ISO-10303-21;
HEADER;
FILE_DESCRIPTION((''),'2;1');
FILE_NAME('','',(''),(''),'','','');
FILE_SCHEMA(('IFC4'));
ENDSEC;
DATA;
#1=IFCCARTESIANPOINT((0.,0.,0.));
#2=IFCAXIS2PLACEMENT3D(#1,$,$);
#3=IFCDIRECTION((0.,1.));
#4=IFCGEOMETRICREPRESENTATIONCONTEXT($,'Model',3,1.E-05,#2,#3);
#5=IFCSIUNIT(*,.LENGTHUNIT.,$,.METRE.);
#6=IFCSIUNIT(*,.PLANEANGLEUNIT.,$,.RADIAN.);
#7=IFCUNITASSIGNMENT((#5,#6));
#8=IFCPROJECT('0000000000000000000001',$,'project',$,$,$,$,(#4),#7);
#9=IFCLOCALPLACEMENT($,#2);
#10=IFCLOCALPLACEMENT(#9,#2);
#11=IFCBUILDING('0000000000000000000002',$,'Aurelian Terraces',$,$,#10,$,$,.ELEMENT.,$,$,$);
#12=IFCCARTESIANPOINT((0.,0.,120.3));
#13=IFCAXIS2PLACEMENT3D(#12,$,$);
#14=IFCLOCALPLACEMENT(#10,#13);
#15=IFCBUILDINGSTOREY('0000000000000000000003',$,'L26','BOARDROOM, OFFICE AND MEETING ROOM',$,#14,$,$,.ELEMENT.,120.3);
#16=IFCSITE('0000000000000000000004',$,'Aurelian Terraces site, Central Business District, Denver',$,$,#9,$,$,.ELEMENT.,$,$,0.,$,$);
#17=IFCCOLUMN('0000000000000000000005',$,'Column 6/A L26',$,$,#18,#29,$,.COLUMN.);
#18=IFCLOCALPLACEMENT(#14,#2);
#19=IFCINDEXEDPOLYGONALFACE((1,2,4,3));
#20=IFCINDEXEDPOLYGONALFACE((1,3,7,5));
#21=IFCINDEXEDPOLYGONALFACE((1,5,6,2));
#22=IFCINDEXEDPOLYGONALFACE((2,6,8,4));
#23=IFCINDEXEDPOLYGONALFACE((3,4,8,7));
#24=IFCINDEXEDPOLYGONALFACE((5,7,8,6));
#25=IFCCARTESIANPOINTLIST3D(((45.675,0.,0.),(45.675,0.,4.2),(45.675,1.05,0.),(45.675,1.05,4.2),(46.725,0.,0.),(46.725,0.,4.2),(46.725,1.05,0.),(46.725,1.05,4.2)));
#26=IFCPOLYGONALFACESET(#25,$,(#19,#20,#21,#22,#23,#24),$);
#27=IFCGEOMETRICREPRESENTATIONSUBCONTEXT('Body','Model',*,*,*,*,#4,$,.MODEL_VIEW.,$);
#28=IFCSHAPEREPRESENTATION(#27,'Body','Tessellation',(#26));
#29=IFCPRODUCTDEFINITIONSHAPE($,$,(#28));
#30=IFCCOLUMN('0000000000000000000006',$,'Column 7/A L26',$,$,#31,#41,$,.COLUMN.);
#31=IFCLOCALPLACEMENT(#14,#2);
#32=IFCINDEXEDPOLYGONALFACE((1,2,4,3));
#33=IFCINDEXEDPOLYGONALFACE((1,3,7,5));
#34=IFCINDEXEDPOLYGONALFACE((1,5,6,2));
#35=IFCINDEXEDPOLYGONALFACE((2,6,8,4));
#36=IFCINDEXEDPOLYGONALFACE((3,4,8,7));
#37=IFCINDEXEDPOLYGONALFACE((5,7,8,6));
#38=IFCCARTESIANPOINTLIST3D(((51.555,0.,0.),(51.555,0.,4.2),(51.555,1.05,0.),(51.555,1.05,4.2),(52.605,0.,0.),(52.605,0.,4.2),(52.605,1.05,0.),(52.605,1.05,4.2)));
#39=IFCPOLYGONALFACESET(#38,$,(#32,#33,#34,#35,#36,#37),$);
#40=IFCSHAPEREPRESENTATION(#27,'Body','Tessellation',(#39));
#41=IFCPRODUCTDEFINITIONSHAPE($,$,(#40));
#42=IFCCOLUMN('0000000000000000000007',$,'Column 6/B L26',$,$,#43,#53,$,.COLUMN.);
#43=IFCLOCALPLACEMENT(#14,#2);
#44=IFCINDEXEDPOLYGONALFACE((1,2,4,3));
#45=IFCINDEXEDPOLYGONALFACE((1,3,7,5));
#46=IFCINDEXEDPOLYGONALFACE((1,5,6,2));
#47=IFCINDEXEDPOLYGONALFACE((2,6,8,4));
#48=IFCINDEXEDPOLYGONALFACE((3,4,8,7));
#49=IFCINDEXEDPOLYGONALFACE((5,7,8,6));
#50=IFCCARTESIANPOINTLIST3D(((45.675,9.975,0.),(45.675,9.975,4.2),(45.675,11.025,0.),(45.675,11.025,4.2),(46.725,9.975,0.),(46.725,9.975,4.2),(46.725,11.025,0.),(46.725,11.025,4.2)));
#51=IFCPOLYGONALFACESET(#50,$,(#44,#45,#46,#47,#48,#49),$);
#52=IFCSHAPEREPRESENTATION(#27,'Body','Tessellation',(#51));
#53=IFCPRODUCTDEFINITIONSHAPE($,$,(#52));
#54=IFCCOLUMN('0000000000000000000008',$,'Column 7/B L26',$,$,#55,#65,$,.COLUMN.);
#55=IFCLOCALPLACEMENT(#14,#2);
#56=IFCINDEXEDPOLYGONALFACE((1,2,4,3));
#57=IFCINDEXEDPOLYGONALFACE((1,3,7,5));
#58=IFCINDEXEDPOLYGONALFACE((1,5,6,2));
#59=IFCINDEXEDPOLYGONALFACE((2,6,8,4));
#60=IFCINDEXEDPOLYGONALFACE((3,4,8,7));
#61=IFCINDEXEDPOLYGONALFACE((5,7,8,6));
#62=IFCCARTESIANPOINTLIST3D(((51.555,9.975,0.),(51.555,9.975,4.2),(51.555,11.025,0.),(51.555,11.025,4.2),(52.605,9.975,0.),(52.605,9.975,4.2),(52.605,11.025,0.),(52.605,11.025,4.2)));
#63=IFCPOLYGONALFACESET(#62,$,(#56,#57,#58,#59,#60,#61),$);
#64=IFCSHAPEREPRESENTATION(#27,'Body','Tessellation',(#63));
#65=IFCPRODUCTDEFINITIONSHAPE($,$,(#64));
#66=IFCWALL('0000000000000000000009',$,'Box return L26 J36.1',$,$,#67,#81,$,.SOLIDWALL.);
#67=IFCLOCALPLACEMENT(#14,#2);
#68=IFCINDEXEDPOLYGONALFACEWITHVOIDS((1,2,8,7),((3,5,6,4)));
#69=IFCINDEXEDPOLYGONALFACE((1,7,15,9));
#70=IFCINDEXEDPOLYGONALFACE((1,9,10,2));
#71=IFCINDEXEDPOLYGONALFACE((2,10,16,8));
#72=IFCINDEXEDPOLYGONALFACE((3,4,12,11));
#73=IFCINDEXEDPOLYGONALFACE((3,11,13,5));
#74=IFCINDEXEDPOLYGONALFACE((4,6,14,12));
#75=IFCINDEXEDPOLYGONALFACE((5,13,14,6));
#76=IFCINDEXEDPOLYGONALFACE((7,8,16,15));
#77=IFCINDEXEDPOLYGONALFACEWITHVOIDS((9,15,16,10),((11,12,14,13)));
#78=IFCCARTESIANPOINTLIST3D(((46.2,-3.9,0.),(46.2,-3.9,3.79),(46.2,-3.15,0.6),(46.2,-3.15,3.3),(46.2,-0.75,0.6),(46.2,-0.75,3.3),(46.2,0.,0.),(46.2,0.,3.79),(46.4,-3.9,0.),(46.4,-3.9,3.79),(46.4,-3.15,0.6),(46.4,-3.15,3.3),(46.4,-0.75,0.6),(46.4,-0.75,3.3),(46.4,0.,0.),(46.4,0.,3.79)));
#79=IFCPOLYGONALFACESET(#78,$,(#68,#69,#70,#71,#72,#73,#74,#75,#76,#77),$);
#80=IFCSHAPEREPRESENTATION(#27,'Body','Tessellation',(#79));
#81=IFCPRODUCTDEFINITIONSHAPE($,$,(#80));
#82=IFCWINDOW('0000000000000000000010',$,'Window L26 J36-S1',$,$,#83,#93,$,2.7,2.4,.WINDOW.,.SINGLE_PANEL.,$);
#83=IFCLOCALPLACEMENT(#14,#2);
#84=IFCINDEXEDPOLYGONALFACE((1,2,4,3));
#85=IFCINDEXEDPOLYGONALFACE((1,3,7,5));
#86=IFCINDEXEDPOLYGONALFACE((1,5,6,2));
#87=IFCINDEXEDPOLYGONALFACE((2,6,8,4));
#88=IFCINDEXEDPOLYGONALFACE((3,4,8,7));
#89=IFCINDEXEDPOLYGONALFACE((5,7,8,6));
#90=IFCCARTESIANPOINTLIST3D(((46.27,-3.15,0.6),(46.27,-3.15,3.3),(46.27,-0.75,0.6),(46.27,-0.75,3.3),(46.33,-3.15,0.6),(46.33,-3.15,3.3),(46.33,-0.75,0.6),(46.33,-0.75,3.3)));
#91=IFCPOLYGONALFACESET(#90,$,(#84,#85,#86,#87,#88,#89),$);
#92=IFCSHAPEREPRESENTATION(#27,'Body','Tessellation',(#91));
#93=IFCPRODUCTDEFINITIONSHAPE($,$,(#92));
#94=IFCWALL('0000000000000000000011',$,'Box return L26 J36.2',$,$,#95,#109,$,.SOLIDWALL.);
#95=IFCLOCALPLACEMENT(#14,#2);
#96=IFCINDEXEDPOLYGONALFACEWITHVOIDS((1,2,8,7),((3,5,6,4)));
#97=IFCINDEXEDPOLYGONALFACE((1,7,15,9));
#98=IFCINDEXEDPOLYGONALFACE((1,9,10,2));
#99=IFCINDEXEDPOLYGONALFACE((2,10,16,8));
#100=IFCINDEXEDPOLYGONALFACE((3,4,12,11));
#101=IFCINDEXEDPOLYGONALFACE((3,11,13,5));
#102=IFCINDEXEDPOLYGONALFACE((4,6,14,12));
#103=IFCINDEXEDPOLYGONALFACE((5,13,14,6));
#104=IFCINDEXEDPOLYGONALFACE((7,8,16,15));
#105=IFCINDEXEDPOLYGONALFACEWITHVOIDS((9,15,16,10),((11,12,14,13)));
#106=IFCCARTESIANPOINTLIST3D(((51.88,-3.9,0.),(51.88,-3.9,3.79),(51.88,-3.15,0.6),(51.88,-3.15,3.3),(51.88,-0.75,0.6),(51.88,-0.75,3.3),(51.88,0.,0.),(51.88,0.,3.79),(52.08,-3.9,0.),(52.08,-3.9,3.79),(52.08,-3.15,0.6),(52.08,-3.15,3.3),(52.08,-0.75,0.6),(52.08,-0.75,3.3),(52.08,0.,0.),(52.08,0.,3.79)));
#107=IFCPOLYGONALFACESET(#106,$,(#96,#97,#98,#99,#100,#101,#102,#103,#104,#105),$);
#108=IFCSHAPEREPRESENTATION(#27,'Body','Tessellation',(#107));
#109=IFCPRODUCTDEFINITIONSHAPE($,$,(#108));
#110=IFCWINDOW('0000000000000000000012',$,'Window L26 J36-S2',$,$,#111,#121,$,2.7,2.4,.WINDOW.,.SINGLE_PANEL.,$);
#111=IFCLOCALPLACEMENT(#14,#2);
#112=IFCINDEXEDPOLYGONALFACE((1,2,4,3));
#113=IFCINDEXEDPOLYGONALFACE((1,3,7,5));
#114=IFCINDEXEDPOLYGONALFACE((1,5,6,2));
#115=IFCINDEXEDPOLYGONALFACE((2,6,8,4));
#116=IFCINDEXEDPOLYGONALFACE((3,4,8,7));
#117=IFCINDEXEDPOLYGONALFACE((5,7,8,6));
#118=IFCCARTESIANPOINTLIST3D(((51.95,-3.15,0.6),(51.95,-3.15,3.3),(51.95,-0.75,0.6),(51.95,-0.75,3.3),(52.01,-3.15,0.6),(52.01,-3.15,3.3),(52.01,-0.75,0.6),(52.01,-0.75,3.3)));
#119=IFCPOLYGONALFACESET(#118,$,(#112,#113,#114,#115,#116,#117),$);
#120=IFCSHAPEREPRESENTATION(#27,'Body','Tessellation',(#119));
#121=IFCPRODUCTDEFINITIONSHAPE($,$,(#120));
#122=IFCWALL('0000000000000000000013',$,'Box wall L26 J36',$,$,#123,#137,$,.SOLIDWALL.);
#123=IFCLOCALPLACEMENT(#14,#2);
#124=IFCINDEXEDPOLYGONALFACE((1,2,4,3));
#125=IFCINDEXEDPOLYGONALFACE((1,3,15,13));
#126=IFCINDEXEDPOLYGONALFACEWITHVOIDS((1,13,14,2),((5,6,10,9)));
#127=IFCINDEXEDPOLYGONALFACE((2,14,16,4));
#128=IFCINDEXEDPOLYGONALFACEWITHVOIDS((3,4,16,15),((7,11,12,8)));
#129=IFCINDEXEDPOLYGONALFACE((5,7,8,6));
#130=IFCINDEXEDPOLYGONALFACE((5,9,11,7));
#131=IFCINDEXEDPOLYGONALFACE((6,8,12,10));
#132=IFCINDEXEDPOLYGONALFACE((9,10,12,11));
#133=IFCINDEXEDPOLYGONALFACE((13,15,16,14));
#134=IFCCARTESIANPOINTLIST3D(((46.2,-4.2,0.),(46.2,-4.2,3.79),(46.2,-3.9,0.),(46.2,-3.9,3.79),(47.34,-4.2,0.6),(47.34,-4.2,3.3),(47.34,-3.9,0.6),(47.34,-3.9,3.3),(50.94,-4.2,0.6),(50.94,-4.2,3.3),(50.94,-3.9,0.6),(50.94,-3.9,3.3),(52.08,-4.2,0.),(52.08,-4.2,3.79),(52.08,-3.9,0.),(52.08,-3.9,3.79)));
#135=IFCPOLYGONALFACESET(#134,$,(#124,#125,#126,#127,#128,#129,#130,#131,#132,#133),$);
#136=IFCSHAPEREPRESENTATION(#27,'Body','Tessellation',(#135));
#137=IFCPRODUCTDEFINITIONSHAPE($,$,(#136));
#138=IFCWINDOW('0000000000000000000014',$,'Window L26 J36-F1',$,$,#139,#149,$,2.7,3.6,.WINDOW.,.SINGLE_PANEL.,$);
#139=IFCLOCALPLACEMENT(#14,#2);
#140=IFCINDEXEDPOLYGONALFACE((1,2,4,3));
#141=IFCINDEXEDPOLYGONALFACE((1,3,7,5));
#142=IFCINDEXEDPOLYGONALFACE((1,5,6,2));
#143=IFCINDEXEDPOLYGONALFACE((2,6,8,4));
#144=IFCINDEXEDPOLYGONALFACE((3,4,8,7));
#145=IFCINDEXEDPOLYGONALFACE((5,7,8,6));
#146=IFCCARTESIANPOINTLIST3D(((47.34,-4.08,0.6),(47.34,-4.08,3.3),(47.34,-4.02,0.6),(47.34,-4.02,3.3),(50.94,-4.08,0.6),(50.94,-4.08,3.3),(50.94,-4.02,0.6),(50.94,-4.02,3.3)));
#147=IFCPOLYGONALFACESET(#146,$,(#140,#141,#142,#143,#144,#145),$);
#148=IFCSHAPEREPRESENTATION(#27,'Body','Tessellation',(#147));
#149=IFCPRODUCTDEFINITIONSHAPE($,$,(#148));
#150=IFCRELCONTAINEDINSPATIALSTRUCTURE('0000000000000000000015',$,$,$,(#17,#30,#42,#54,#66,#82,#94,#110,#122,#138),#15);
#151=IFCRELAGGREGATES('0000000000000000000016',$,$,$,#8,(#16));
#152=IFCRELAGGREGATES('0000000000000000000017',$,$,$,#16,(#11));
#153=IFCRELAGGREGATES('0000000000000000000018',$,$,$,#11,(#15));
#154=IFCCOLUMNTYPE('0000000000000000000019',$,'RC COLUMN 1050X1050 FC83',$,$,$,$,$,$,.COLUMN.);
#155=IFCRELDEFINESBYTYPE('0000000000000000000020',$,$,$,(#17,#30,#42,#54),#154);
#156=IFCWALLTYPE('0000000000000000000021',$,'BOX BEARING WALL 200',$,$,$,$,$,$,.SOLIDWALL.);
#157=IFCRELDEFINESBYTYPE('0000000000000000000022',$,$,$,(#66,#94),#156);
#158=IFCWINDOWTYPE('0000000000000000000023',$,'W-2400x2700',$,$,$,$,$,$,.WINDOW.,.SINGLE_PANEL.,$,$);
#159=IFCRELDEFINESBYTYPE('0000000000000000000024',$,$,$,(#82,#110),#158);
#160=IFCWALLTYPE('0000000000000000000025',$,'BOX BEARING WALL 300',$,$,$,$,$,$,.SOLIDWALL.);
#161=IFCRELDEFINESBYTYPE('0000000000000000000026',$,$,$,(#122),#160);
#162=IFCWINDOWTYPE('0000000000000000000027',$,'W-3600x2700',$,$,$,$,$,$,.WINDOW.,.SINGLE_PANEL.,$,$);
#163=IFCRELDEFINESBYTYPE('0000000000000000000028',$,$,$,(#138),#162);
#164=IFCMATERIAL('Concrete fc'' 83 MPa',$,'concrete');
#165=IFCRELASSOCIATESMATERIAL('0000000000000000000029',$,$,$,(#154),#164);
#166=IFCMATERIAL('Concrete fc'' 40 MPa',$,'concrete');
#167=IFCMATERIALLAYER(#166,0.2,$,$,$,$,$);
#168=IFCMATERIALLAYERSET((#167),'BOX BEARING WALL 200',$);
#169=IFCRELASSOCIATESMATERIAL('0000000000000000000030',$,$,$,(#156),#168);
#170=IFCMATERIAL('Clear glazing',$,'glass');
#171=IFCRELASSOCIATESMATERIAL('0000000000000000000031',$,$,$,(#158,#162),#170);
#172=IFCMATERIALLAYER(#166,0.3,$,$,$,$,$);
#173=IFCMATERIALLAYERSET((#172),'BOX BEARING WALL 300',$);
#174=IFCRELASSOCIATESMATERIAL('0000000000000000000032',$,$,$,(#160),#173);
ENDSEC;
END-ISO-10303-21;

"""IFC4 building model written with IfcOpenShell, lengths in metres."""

from ifc_helpers import new_model, si_unit, direction, frame, frame_2d, origin, origin_2d, place, context, subcontext, project, spatial, rectangle, extrude, source, transform, mapped, material, layer, layer_set, material_profile, profile_set, type_object, element, fill, save


model = new_model("IFC4")

# Units and contexts
model_context = context("Model", 3, precision=1e-05, world=origin(), true_north=direction((0.0, 1.0)))
body_context = subcontext(model_context, "Body", "Model", "MODEL_VIEW")
ifc_project = project(units=[si_unit("LENGTHUNIT", "METRE"), si_unit("PLANEANGLEUNIT", "RADIAN")], contexts=[model_context])

# Site, building, storey
site_placement = place(None, origin())
site = spatial("IfcSite", under=ifc_project, at=site_placement, Name="Aurelian Terraces site, Central Business District, Denver", CompositionType="ELEMENT", RefElevation=0.0)
building_placement = place(site_placement, origin())
building = spatial("IfcBuilding", under=site, at=building_placement, Name="Aurelian Terraces", CompositionType="ELEMENT")
storey_placement = place(building_placement, frame((0.0, 0.0, 120.3)))
storey = spatial("IfcBuildingStorey", under=building, at=storey_placement, Name="L26", Description="BOARDROOM, OFFICE AND MEETING ROOM", CompositionType="ELEMENT", Elevation=120.3)

# Columns
ifc_material_1 = material(Name="Concrete fc' 83 MPa", Category="concrete")
ifc_material_profile = material_profile(ifc_material_1, rectangle(XDim=1.05, YDim=1.05, at=origin_2d()))
ifc_profile_set = profile_set([ifc_material_profile], Name="Concrete fc' 83 MPa")
column_type = type_object("IfcColumnType", Name="RC COLUMN 1050X1050 FC83", PredefinedType="COLUMN", material=ifc_profile_set)
shared_shape_1 = source(origin(), body_context, "Body", "SweptSolid", [
    extrude(rectangle(XDim=1.05, YDim=1.05, at=origin_2d()), origin(), (0.0, 0.0, 1.0), 4.2),
])
for number, where, z_axis, x_axis, name in (
    (1, (46.2, 0.525, 0.0), (0.0, 0.0, 1.0), (1.0, 0.0, 0.0), "Column 6/A L26"),
    (2, (52.08, 0.525, 0.0), (0.0, 0.0, 1.0), (1.0, 0.0, 0.0), "Column 7/A L26"),
    (3, (46.2, 10.5, 0.0), (0.0, 0.0, 1.0), (1.0, 0.0, 0.0), "Column 6/B L26"),
    (4, (52.08, 10.5, 0.0), (0.0, 0.0, 1.0), (1.0, 0.0, 0.0), "Column 7/B L26"),
):
    element("IfcColumn", number, at=place(storey_placement, frame(where, z_axis=z_axis, x_axis=x_axis)), inside=storey, type_object=column_type, Name=name, PredefinedType="COLUMN", context=body_context, shape_type="MappedRepresentation", body=[
        mapped(shared_shape_1, transform((0.0, 0.0, 0.0), scale=1.0)),
    ])

# Walls, openings, windows
ifc_material_2 = material(Name="Concrete fc' 40 MPa", Category="concrete")
ifc_layer_1 = layer(ifc_material_2, 0.2)
ifc_layer_set_1 = layer_set([ifc_layer_1], Name="BOX BEARING WALL 200")
wall_type_1 = type_object("IfcWallType", Name="BOX BEARING WALL 200", PredefinedType="SOLIDWALL", material=ifc_layer_set_1)
shared_shape_2 = source(origin(), body_context, "Body", "SweptSolid", [
    extrude(rectangle(XDim=3.9, YDim=0.2, at=frame_2d((1.95, 0.0))), origin(), (0.0, 0.0, 1.0), 3.79),
])
wall_1_placement = place(storey_placement, frame((46.3, 0.0, 0.0), z_axis=(0.0, 0.0, 1.0), x_axis=(0.0, -1.0, 0.0)))
wall_1 = element("IfcWall", 5, at=wall_1_placement, inside=storey, type_object=wall_type_1, Name="Box return L26 J36.1", PredefinedType="SOLIDWALL", context=body_context, shape_type="MappedRepresentation", body=[
    mapped(shared_shape_2, transform((0.0, 0.0, 0.0), scale=1.0)),
])
shared_shape_3 = source(origin(), body_context, "Body", "SweptSolid", [
    extrude(rectangle(XDim=2.4, YDim=2.7, at=frame_2d((1.2, 1.35))), frame((0.0, 0.11, 0.0), z_axis=(0.0, -1.0, 0.0), x_axis=(1.0, 0.0, 0.0)), (0.0, 0.0, 1.0), 0.22),
])
opening_1_placement = place(wall_1_placement, frame((0.75, 0.0, 0.6)))
opening_1 = element("IfcOpeningElement", 6, at=opening_1_placement, cuts=wall_1, PredefinedType="OPENING", context=body_context, shape_type="MappedRepresentation", body=[
    mapped(shared_shape_3, transform((0.0, 0.0, 0.0), scale=1.0)),
])
ifc_material_3 = material(Name="Clear glazing", Category="glass")
window_type_1 = type_object("IfcWindowType", Name="W-2400x2700", PartitioningType="SINGLE_PANEL", PredefinedType="WINDOW", material=ifc_material_3)
shared_shape_4 = source(origin(), body_context, "Body", "SweptSolid", [
    extrude(rectangle(XDim=2.4, YDim=2.7, at=frame_2d((1.2, 1.35))), frame((0.0, 0.03, 0.0), z_axis=(0.0, -1.0, 0.0), x_axis=(1.0, 0.0, 0.0)), (0.0, 0.0, 1.0), 0.06),
])
window_1_placement = place(opening_1_placement, origin())
window_1 = element("IfcWindow", 7, at=window_1_placement, inside=storey, type_object=window_type_1, Name="Window L26 J36-S1", OverallHeight=2.7, OverallWidth=2.4, PartitioningType="SINGLE_PANEL", PredefinedType="WINDOW", context=body_context, shape_type="MappedRepresentation", body=[
    mapped(shared_shape_4, transform((0.0, 0.0, 0.0), scale=1.0)),
])
fill(opening_1, window_1)
wall_2_placement = place(storey_placement, frame((51.98, 0.0, 0.0), z_axis=(0.0, 0.0, 1.0), x_axis=(0.0, -1.0, 0.0)))
wall_2 = element("IfcWall", 8, at=wall_2_placement, inside=storey, type_object=wall_type_1, Name="Box return L26 J36.2", PredefinedType="SOLIDWALL", context=body_context, shape_type="MappedRepresentation", body=[
    mapped(shared_shape_2, transform((0.0, 0.0, 0.0), scale=1.0)),
])
opening_2_placement = place(wall_2_placement, frame((0.75, 0.0, 0.6)))
opening_2 = element("IfcOpeningElement", 9, at=opening_2_placement, cuts=wall_2, PredefinedType="OPENING", context=body_context, shape_type="MappedRepresentation", body=[
    mapped(shared_shape_3, transform((0.0, 0.0, 0.0), scale=1.0)),
])
window_2_placement = place(opening_2_placement, origin())
window_2 = element("IfcWindow", 10, at=window_2_placement, inside=storey, type_object=window_type_1, Name="Window L26 J36-S2", OverallHeight=2.7, OverallWidth=2.4, PartitioningType="SINGLE_PANEL", PredefinedType="WINDOW", context=body_context, shape_type="MappedRepresentation", body=[
    mapped(shared_shape_4, transform((0.0, 0.0, 0.0), scale=1.0)),
])
fill(opening_2, window_2)
ifc_layer_2 = layer(ifc_material_2, 0.3)
ifc_layer_set_2 = layer_set([ifc_layer_2], Name="BOX BEARING WALL 300")
wall_type_2 = type_object("IfcWallType", Name="BOX BEARING WALL 300", PredefinedType="SOLIDWALL", material=ifc_layer_set_2)
shared_shape_5 = source(origin(), body_context, "Body", "SweptSolid", [
    extrude(rectangle(XDim=5.88, YDim=0.3, at=frame_2d((2.94, 0.0))), origin(), (0.0, 0.0, 1.0), 3.79),
])
wall_3_placement = place(storey_placement, frame((46.2, -4.05, 0.0), z_axis=(0.0, 0.0, 1.0), x_axis=(1.0, 0.0, 0.0)))
wall_3 = element("IfcWall", 11, at=wall_3_placement, inside=storey, type_object=wall_type_2, Name="Box wall L26 J36", PredefinedType="SOLIDWALL", context=body_context, shape_type="MappedRepresentation", body=[
    mapped(shared_shape_5, transform((0.0, 0.0, 0.0), scale=1.0)),
])
shared_shape_6 = source(origin(), body_context, "Body", "SweptSolid", [
    extrude(rectangle(XDim=3.6, YDim=2.7, at=frame_2d((1.8, 1.35))), frame((0.0, 0.16, 0.0), z_axis=(0.0, -1.0, 0.0), x_axis=(1.0, 0.0, 0.0)), (0.0, 0.0, 1.0), 0.32),
])
opening_3_placement = place(wall_3_placement, frame((1.14, 0.0, 0.6)))
opening_3 = element("IfcOpeningElement", 12, at=opening_3_placement, cuts=wall_3, PredefinedType="OPENING", context=body_context, shape_type="MappedRepresentation", body=[
    mapped(shared_shape_6, transform((0.0, 0.0, 0.0), scale=1.0)),
])
window_type_2 = type_object("IfcWindowType", Name="W-3600x2700", PartitioningType="SINGLE_PANEL", PredefinedType="WINDOW", material=ifc_material_3)
shared_shape_7 = source(origin(), body_context, "Body", "SweptSolid", [
    extrude(rectangle(XDim=3.6, YDim=2.7, at=frame_2d((1.8, 1.35))), frame((0.0, 0.03, 0.0), z_axis=(0.0, -1.0, 0.0), x_axis=(1.0, 0.0, 0.0)), (0.0, 0.0, 1.0), 0.06),
])
window_3_placement = place(opening_3_placement, origin())
window_3 = element("IfcWindow", 13, at=window_3_placement, inside=storey, type_object=window_type_2, Name="Window L26 J36-F1", OverallHeight=2.7, OverallWidth=3.6, PartitioningType="SINGLE_PANEL", PredefinedType="WINDOW", context=body_context, shape_type="MappedRepresentation", body=[
    mapped(shared_shape_7, transform((0.0, 0.0, 0.0), scale=1.0)),
])
fill(opening_3, window_3)

save(model, "model.ifc")
